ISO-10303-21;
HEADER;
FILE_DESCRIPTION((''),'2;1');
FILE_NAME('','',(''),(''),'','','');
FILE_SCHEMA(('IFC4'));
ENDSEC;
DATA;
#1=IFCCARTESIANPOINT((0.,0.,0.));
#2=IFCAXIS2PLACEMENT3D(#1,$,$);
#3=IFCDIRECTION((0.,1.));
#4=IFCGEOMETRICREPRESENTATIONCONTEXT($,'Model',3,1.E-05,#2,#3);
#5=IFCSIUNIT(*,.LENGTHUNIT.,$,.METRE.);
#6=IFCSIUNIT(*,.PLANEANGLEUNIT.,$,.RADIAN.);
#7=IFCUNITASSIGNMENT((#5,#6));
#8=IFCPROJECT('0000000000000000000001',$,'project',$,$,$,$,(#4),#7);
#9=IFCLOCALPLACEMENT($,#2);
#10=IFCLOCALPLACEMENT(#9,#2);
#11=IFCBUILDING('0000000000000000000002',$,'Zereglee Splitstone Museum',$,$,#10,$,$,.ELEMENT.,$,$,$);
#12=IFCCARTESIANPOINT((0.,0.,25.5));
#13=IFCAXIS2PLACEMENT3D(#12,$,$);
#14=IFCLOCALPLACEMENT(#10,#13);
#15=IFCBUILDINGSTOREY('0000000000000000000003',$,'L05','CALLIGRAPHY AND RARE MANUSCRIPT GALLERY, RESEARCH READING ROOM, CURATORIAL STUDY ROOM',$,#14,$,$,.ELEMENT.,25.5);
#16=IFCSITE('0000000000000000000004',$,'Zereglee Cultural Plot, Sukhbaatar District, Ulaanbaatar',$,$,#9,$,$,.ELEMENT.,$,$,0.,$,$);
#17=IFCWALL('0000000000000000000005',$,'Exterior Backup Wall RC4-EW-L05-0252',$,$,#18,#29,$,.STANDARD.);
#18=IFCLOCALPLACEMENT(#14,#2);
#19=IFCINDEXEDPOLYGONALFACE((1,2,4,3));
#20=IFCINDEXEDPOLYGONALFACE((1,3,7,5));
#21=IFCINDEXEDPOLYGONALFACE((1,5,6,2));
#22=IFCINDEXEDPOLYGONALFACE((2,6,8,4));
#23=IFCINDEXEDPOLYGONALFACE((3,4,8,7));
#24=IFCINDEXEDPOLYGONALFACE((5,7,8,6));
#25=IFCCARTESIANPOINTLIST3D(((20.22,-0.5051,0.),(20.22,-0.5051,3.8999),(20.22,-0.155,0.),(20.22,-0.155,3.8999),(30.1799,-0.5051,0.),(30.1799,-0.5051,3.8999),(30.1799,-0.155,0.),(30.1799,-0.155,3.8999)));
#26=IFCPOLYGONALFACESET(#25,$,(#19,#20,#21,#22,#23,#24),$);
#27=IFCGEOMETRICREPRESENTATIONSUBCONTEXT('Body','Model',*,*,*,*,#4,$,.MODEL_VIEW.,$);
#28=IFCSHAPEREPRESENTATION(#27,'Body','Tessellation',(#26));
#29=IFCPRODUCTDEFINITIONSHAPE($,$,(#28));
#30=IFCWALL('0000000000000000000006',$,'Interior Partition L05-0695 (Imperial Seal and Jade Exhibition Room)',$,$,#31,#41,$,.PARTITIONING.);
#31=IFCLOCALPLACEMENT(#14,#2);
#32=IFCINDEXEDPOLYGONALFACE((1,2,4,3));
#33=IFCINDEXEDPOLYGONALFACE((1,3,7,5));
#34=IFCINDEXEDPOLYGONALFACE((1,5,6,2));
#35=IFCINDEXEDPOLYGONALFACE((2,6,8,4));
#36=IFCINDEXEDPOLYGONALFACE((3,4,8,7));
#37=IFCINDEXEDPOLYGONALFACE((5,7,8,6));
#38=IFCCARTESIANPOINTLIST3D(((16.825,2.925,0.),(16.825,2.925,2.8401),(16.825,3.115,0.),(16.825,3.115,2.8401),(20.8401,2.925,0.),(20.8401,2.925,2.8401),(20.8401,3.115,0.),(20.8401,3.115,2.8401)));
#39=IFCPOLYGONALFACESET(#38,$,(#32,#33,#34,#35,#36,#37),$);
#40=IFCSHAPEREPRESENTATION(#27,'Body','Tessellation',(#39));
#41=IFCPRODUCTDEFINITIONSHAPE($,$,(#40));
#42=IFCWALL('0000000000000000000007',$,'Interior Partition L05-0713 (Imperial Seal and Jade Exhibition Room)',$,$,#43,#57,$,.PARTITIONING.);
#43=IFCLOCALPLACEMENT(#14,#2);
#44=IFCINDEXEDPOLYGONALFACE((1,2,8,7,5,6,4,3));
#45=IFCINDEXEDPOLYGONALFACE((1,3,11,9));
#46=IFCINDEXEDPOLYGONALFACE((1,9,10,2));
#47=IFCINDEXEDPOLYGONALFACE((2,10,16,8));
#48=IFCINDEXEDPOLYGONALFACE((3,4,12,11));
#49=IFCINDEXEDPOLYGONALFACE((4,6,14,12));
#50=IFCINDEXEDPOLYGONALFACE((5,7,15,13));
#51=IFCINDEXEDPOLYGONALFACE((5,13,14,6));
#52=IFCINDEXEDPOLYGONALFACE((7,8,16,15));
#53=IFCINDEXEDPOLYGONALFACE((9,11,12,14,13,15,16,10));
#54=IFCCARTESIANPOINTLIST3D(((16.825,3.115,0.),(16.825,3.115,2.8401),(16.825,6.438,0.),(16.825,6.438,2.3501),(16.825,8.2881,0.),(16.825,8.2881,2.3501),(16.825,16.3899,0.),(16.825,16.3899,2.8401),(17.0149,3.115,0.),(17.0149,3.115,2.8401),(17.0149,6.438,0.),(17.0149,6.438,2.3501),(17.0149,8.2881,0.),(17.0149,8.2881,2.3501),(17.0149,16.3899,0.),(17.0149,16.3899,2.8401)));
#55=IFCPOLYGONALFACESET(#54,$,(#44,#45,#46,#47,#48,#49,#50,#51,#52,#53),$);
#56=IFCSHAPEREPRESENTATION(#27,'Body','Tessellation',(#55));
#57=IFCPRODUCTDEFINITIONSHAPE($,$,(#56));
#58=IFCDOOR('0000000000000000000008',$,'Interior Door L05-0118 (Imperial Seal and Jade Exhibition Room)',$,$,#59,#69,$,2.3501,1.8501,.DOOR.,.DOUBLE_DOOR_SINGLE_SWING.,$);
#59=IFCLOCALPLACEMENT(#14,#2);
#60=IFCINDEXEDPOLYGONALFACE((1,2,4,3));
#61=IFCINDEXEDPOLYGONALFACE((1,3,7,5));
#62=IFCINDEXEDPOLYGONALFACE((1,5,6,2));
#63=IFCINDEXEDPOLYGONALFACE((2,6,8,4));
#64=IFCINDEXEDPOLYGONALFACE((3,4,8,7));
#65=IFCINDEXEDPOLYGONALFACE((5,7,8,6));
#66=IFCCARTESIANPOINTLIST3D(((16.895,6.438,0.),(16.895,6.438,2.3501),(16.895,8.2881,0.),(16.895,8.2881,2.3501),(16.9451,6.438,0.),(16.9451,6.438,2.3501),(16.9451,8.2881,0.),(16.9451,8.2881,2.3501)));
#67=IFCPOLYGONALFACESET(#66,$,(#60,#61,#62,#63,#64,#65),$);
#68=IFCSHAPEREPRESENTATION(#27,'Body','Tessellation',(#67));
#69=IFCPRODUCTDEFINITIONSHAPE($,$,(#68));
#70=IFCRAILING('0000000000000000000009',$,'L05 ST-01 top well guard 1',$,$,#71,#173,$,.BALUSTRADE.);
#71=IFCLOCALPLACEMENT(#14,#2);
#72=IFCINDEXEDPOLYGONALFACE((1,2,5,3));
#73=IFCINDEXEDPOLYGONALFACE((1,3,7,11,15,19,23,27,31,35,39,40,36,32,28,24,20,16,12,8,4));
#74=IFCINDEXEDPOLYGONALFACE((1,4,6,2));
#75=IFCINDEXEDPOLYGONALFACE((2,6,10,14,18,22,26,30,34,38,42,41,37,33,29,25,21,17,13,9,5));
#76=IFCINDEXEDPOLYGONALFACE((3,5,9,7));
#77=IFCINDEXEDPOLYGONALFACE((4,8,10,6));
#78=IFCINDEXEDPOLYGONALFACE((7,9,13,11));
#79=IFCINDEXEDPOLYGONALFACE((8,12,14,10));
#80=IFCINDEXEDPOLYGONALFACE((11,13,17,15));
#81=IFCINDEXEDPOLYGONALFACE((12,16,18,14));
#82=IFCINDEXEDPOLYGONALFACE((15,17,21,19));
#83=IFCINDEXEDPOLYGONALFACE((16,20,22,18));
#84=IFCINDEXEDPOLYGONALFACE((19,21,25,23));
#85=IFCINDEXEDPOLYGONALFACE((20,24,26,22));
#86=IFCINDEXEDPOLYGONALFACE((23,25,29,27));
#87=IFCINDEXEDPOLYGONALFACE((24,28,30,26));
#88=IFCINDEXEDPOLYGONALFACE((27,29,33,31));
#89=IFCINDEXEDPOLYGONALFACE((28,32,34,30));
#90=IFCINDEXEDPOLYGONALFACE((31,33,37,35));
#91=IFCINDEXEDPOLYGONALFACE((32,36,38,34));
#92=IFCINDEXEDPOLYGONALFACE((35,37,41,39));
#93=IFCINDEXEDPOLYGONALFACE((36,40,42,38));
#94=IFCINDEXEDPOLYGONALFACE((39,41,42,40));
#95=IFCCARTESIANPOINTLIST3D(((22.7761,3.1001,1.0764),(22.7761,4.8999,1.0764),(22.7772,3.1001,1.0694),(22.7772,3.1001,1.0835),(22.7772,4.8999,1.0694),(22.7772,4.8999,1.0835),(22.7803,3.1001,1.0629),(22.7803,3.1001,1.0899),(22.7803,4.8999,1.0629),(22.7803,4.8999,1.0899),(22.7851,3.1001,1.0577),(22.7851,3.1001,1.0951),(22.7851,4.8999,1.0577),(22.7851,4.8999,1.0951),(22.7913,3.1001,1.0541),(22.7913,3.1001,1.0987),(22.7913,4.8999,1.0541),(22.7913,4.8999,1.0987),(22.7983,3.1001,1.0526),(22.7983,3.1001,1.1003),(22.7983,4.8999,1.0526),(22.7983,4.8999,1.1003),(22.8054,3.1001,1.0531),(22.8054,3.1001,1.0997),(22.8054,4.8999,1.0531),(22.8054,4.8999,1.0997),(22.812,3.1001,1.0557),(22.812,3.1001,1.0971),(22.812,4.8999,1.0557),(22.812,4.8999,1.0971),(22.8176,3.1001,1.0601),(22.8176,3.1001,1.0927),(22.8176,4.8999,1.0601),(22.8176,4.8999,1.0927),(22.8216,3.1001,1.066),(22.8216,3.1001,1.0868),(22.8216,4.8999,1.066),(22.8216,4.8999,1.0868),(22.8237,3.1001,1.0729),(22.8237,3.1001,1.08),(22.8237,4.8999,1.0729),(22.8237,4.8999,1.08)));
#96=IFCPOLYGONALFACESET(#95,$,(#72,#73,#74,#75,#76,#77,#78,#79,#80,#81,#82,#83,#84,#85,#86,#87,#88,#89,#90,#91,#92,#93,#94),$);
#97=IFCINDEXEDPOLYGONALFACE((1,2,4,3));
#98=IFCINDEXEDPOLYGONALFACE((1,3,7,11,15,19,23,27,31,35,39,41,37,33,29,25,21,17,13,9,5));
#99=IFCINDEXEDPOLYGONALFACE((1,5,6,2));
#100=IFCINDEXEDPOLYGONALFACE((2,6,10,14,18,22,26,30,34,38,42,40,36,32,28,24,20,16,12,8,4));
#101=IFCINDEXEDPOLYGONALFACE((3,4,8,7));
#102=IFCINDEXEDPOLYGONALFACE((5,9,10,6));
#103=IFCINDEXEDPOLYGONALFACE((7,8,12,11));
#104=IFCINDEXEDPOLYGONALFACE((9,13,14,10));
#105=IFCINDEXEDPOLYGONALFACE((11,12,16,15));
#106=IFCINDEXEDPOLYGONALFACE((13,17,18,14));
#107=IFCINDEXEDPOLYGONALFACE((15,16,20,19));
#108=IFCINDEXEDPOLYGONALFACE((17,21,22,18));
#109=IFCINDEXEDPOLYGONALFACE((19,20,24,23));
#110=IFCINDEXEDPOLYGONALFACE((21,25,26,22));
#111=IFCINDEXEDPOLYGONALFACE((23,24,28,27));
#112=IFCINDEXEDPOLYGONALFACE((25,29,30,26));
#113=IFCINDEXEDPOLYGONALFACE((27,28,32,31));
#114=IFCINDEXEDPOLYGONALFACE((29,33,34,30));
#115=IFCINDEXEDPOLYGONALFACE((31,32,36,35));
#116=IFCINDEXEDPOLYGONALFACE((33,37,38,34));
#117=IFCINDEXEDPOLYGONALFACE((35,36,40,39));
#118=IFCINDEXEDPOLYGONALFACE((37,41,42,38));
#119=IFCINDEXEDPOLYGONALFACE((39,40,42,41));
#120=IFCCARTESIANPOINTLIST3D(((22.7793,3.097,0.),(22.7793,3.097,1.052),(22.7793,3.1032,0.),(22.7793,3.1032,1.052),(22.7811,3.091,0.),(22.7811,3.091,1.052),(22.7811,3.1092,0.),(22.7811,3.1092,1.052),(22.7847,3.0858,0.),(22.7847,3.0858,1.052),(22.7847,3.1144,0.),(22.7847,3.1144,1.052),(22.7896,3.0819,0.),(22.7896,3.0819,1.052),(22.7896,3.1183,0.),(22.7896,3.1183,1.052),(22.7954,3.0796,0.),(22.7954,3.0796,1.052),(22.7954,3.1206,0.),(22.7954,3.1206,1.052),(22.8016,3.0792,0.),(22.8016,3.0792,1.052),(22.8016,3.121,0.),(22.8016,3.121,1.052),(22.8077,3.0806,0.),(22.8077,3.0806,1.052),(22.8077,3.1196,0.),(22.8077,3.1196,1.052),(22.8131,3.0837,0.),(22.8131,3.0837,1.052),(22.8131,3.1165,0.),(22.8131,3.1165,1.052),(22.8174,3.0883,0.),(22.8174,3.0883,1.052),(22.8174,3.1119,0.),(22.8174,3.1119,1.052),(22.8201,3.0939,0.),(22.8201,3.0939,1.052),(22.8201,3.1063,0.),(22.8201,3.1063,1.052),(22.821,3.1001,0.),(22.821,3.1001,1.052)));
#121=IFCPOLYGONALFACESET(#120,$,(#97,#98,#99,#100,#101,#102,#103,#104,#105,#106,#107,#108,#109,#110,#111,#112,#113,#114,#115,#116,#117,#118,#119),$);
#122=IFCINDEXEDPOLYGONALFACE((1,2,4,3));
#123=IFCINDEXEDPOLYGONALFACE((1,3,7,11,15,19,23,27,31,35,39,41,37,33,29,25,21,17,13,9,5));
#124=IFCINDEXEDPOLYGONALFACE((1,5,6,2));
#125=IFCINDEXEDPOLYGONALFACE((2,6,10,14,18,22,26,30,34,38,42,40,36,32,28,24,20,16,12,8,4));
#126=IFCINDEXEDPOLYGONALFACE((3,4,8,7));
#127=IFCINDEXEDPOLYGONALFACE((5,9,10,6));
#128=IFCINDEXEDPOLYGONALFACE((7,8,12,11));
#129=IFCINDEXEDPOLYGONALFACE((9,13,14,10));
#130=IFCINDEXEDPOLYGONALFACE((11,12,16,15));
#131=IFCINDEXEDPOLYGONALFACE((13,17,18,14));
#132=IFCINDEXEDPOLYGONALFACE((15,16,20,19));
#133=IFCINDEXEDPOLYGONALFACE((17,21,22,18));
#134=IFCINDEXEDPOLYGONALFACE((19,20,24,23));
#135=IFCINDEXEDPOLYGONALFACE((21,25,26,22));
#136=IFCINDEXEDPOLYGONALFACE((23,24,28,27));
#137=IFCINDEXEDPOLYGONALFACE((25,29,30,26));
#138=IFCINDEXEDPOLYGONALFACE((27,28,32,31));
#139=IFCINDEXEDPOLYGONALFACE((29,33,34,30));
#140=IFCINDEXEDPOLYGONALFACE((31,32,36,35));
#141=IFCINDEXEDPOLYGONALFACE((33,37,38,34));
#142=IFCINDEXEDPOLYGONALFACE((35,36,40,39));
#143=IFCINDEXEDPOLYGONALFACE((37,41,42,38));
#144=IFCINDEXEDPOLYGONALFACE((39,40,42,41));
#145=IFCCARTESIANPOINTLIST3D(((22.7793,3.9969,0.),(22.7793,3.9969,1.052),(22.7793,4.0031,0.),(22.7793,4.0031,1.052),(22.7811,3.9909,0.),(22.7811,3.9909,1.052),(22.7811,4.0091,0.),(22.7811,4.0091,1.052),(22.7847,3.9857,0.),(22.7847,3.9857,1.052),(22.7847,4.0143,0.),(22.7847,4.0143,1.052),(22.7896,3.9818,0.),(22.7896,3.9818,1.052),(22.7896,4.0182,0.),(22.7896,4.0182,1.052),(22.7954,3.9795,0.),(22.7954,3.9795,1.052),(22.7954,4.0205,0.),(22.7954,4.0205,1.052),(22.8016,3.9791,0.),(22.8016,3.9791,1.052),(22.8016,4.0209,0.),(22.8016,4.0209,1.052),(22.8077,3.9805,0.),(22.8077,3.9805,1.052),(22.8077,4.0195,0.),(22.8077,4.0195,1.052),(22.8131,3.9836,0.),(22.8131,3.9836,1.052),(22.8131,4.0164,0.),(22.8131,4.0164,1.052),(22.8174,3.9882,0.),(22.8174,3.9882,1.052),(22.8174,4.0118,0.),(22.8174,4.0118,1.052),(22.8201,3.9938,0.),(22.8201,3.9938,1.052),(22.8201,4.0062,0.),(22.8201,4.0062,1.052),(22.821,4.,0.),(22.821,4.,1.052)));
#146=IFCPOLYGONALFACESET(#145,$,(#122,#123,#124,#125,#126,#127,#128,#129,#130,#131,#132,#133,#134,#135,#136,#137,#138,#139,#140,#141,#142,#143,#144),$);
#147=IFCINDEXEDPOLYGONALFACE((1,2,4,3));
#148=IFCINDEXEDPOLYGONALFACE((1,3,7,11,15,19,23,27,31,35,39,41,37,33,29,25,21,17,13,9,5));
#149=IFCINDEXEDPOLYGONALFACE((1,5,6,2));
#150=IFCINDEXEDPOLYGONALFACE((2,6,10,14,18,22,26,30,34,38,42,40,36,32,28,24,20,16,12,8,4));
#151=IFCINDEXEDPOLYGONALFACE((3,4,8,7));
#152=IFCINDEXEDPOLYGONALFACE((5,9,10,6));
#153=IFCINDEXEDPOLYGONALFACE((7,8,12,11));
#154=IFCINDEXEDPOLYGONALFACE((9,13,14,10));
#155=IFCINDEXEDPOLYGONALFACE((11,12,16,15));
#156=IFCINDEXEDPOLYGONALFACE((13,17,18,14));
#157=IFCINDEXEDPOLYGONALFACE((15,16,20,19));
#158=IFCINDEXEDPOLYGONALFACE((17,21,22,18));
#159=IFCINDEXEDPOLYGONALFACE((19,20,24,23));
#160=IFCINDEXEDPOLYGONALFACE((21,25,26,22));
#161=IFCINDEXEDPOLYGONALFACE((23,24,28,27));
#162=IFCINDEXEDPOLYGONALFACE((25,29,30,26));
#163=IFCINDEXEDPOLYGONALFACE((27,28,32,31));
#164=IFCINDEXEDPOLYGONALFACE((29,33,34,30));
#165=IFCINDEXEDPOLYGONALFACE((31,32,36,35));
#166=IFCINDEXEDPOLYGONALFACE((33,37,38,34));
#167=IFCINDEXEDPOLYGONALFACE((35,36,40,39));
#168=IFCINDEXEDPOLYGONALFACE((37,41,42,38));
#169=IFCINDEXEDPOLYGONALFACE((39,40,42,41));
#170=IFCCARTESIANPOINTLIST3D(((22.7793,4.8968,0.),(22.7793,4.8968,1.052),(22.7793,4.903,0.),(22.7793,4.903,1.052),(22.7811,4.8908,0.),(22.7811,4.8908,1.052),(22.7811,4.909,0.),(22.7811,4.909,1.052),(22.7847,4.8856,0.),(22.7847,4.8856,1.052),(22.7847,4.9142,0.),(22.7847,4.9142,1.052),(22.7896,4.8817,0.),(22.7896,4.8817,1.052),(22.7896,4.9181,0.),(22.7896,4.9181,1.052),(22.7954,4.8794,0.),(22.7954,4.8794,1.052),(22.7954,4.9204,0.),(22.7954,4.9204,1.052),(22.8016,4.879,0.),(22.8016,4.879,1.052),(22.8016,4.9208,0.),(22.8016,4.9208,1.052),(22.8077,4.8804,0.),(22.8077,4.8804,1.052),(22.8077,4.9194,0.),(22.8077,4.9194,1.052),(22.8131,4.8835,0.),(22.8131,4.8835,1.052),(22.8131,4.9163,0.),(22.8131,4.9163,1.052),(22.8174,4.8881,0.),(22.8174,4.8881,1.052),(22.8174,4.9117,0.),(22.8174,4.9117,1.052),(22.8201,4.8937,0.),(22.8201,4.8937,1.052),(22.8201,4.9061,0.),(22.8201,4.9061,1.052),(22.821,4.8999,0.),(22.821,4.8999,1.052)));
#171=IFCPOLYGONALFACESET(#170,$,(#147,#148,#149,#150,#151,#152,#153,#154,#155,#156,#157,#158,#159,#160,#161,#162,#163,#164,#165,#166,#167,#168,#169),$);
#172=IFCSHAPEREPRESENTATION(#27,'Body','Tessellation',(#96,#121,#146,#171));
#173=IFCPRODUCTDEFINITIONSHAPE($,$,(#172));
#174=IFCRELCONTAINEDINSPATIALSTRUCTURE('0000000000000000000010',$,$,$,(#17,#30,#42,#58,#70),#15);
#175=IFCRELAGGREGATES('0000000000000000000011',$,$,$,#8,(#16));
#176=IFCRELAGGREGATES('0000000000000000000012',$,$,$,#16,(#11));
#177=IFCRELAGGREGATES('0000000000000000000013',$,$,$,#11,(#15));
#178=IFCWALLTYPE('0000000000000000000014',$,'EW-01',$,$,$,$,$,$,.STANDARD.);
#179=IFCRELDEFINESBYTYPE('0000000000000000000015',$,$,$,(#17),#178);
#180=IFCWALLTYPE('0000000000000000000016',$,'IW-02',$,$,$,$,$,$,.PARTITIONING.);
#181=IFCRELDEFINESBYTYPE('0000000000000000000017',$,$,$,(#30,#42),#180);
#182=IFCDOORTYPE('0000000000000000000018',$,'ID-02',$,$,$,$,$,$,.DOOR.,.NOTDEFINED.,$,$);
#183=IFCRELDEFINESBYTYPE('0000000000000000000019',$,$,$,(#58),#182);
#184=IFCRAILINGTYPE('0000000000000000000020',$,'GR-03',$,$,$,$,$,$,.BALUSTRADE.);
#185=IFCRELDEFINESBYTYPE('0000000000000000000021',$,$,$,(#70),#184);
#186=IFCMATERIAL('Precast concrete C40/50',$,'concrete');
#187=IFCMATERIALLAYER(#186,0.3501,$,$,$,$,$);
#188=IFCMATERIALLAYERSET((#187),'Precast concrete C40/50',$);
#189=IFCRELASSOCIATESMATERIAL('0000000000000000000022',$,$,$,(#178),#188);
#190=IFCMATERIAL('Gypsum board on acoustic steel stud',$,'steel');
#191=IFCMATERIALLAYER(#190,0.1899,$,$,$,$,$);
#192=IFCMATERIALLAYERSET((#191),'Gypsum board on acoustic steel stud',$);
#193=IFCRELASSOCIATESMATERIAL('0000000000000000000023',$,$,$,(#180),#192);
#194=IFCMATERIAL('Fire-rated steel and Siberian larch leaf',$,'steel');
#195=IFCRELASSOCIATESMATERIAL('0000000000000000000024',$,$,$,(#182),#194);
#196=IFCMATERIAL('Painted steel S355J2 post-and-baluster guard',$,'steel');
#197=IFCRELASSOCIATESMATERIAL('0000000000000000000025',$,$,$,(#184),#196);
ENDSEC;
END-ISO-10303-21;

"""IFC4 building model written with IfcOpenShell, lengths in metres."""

from ifc_helpers import new_model, si_unit, direction, frame, frame_2d, origin, origin_2d, place, context, subcontext, project, spatial, rectangle, circle, extrude, material, layer, layer_set, type_object, element, fill, save


model = new_model("IFC4")

# Units and contexts
model_context = context("Model", 3, precision=1e-05, world=origin(), true_north=direction((0.0, 1.0)))
body_context = subcontext(model_context, "Body", "Model", "MODEL_VIEW")
ifc_project = project(units=[si_unit("LENGTHUNIT", "METRE"), si_unit("PLANEANGLEUNIT", "RADIAN")], contexts=[model_context])

# Site, building, storey
site_placement = place(None, origin())
site = spatial("IfcSite", under=ifc_project, at=site_placement, Name="Zereglee Cultural Plot, Sukhbaatar District, Ulaanbaatar", CompositionType="ELEMENT", RefElevation=0.0)
building_placement = place(site_placement, origin())
building = spatial("IfcBuilding", under=site, at=building_placement, Name="Zereglee Splitstone Museum", CompositionType="ELEMENT")
storey_placement = place(building_placement, frame((0.0, 0.0, 25.5)))
storey = spatial("IfcBuildingStorey", under=building, at=storey_placement, Name="L05", Description="CALLIGRAPHY AND RARE MANUSCRIPT GALLERY, RESEARCH READING ROOM, CURATORIAL STUDY ROOM", CompositionType="ELEMENT", Elevation=25.5)

# Shared definitions
ifc_material_1 = material(Name="Fire-rated steel and Siberian larch leaf", Category="steel")

# Walls
ifc_material_2 = material(Name="Precast concrete C40/50", Category="concrete")
ifc_layer_1 = layer(ifc_material_2, 0.3501)
ifc_layer_set_1 = layer_set([ifc_layer_1], Name="Precast concrete C40/50")
wall_type_1 = type_object("IfcWallType", Name="EW-01", PredefinedType="STANDARD", material=ifc_layer_set_1)
wall_1_placement = place(storey_placement, frame((20.22, -0.3301, 0.0), z_axis=(0.0, 0.0, 1.0), x_axis=(1.0, 0.0, 0.0)))
element("IfcWall", 1, at=wall_1_placement, inside=storey, type_object=wall_type_1, Name="Exterior Backup Wall RC4-EW-L05-0252", PredefinedType="STANDARD", context=body_context, shape_type="SweptSolid", body=[
    extrude(rectangle(XDim=9.96, YDim=0.3501, at=frame_2d((4.98, 0.0))), origin(), (0.0, 0.0, 1.0), 3.8999),
])
ifc_material_3 = material(Name="Gypsum board on acoustic steel stud", Category="steel")
ifc_layer_2 = layer(ifc_material_3, 0.1899)
ifc_layer_set_2 = layer_set([ifc_layer_2], Name="Gypsum board on acoustic steel stud")
wall_type_2 = type_object("IfcWallType", Name="IW-02", PredefinedType="PARTITIONING", material=ifc_layer_set_2)
wall_2_placement = place(storey_placement, frame((16.825, 3.02, 0.0), z_axis=(0.0, 0.0, 1.0), x_axis=(1.0, 0.0, 0.0)))
element("IfcWall", 2, at=wall_2_placement, inside=storey, type_object=wall_type_2, Name="Interior Partition L05-0695 (Imperial Seal and Jade Exhibition Room)", PredefinedType="PARTITIONING", context=body_context, shape_type="SweptSolid", body=[
    extrude(rectangle(XDim=4.0151, YDim=0.1899, at=frame_2d((2.0076, 0.0))), origin(), (0.0, 0.0, 1.0), 2.8401),
])

# Wall, opening, door
wall_3_placement = place(storey_placement, frame((16.9199, 3.115, 0.0), z_axis=(0.0, 0.0, 1.0), x_axis=(0.0, 1.0, 0.0)))
wall_3 = element("IfcWall", 3, at=wall_3_placement, inside=storey, type_object=wall_type_2, Name="Interior Partition L05-0713 (Imperial Seal and Jade Exhibition Room)", PredefinedType="PARTITIONING", context=body_context, shape_type="SweptSolid", body=[
    extrude(rectangle(XDim=13.2749, YDim=0.1899, at=frame_2d((6.6375, 0.0))), origin(), (0.0, 0.0, 1.0), 2.8401),
])
opening_1_placement = place(wall_3_placement, frame((3.323, 0.0, 0.0)))
opening_1 = element("IfcOpeningElement", 4, at=opening_1_placement, cuts=wall_3, PredefinedType="OPENING", context=body_context, shape_type="SweptSolid", body=[
    extrude(rectangle(XDim=1.8501, YDim=2.3501, at=frame_2d((0.925, 1.175))), frame((0.0, 0.1099, 0.0), z_axis=(0.0, -1.0, 0.0), x_axis=(1.0, 0.0, 0.0)), (0.0, 0.0, 1.0), 0.2197),
])
door_type_1 = type_object("IfcDoorType", Name="ID-02", OperationType="NOTDEFINED", PredefinedType="DOOR", material=ifc_material_1)
door_1_placement = place(opening_1_placement, origin())
door_1 = element("IfcDoor", 5, at=door_1_placement, inside=storey, type_object=door_type_1, Name="Interior Door L05-0118 (Imperial Seal and Jade Exhibition Room)", OperationType="DOUBLE_DOOR_SINGLE_SWING", OverallHeight=2.3501, OverallWidth=1.8501, PredefinedType="DOOR", context=body_context, shape_type="SweptSolid", body=[
    extrude(rectangle(XDim=1.8501, YDim=2.3501, at=frame_2d((0.925, 1.175))), frame((0.0, 0.0249, 0.0), z_axis=(0.0, -1.0, 0.0), x_axis=(1.0, 0.0, 0.0)), (0.0, 0.0, 1.0), 0.05),
])
fill(opening_1, door_1)

# Railing
ifc_material_4 = material(Name="Painted steel S355J2 post-and-baluster guard", Category="steel")
railing_type = type_object("IfcRailingType", Name="GR-03", PredefinedType="BALUSTRADE", material=ifc_material_4)
railing_placement = place(storey_placement, frame((22.8, 3.1001, 0.0)))
element("IfcRailing", 6, at=railing_placement, inside=storey, type_object=railing_type, Name="L05 ST-01 top well guard 1", PredefinedType="BALUSTRADE", context=body_context, shape_type="SweptSolid", body=[
    extrude(circle(Radius=0.0239, at=origin_2d()), frame((0.0, 0.0, 1.0764), z_axis=(0.0, 1.0, 0.0), x_axis=(-1.0, 0.0, 0.0)), (0.0, 0.0, 1.0), 1.7998),
    extrude(circle(Radius=0.021, at=origin_2d()), origin(), (0.0, 0.0, 1.0), 1.052),
    extrude(circle(Radius=0.021, at=origin_2d()), frame((0.0, 0.8999, 0.0)), (0.0, 0.0, 1.0), 1.052),
    extrude(circle(Radius=0.021, at=origin_2d()), frame((0.0, 1.7998, 0.0)), (0.0, 0.0, 1.0), 1.052),
])

save(model, "model.ifc")
